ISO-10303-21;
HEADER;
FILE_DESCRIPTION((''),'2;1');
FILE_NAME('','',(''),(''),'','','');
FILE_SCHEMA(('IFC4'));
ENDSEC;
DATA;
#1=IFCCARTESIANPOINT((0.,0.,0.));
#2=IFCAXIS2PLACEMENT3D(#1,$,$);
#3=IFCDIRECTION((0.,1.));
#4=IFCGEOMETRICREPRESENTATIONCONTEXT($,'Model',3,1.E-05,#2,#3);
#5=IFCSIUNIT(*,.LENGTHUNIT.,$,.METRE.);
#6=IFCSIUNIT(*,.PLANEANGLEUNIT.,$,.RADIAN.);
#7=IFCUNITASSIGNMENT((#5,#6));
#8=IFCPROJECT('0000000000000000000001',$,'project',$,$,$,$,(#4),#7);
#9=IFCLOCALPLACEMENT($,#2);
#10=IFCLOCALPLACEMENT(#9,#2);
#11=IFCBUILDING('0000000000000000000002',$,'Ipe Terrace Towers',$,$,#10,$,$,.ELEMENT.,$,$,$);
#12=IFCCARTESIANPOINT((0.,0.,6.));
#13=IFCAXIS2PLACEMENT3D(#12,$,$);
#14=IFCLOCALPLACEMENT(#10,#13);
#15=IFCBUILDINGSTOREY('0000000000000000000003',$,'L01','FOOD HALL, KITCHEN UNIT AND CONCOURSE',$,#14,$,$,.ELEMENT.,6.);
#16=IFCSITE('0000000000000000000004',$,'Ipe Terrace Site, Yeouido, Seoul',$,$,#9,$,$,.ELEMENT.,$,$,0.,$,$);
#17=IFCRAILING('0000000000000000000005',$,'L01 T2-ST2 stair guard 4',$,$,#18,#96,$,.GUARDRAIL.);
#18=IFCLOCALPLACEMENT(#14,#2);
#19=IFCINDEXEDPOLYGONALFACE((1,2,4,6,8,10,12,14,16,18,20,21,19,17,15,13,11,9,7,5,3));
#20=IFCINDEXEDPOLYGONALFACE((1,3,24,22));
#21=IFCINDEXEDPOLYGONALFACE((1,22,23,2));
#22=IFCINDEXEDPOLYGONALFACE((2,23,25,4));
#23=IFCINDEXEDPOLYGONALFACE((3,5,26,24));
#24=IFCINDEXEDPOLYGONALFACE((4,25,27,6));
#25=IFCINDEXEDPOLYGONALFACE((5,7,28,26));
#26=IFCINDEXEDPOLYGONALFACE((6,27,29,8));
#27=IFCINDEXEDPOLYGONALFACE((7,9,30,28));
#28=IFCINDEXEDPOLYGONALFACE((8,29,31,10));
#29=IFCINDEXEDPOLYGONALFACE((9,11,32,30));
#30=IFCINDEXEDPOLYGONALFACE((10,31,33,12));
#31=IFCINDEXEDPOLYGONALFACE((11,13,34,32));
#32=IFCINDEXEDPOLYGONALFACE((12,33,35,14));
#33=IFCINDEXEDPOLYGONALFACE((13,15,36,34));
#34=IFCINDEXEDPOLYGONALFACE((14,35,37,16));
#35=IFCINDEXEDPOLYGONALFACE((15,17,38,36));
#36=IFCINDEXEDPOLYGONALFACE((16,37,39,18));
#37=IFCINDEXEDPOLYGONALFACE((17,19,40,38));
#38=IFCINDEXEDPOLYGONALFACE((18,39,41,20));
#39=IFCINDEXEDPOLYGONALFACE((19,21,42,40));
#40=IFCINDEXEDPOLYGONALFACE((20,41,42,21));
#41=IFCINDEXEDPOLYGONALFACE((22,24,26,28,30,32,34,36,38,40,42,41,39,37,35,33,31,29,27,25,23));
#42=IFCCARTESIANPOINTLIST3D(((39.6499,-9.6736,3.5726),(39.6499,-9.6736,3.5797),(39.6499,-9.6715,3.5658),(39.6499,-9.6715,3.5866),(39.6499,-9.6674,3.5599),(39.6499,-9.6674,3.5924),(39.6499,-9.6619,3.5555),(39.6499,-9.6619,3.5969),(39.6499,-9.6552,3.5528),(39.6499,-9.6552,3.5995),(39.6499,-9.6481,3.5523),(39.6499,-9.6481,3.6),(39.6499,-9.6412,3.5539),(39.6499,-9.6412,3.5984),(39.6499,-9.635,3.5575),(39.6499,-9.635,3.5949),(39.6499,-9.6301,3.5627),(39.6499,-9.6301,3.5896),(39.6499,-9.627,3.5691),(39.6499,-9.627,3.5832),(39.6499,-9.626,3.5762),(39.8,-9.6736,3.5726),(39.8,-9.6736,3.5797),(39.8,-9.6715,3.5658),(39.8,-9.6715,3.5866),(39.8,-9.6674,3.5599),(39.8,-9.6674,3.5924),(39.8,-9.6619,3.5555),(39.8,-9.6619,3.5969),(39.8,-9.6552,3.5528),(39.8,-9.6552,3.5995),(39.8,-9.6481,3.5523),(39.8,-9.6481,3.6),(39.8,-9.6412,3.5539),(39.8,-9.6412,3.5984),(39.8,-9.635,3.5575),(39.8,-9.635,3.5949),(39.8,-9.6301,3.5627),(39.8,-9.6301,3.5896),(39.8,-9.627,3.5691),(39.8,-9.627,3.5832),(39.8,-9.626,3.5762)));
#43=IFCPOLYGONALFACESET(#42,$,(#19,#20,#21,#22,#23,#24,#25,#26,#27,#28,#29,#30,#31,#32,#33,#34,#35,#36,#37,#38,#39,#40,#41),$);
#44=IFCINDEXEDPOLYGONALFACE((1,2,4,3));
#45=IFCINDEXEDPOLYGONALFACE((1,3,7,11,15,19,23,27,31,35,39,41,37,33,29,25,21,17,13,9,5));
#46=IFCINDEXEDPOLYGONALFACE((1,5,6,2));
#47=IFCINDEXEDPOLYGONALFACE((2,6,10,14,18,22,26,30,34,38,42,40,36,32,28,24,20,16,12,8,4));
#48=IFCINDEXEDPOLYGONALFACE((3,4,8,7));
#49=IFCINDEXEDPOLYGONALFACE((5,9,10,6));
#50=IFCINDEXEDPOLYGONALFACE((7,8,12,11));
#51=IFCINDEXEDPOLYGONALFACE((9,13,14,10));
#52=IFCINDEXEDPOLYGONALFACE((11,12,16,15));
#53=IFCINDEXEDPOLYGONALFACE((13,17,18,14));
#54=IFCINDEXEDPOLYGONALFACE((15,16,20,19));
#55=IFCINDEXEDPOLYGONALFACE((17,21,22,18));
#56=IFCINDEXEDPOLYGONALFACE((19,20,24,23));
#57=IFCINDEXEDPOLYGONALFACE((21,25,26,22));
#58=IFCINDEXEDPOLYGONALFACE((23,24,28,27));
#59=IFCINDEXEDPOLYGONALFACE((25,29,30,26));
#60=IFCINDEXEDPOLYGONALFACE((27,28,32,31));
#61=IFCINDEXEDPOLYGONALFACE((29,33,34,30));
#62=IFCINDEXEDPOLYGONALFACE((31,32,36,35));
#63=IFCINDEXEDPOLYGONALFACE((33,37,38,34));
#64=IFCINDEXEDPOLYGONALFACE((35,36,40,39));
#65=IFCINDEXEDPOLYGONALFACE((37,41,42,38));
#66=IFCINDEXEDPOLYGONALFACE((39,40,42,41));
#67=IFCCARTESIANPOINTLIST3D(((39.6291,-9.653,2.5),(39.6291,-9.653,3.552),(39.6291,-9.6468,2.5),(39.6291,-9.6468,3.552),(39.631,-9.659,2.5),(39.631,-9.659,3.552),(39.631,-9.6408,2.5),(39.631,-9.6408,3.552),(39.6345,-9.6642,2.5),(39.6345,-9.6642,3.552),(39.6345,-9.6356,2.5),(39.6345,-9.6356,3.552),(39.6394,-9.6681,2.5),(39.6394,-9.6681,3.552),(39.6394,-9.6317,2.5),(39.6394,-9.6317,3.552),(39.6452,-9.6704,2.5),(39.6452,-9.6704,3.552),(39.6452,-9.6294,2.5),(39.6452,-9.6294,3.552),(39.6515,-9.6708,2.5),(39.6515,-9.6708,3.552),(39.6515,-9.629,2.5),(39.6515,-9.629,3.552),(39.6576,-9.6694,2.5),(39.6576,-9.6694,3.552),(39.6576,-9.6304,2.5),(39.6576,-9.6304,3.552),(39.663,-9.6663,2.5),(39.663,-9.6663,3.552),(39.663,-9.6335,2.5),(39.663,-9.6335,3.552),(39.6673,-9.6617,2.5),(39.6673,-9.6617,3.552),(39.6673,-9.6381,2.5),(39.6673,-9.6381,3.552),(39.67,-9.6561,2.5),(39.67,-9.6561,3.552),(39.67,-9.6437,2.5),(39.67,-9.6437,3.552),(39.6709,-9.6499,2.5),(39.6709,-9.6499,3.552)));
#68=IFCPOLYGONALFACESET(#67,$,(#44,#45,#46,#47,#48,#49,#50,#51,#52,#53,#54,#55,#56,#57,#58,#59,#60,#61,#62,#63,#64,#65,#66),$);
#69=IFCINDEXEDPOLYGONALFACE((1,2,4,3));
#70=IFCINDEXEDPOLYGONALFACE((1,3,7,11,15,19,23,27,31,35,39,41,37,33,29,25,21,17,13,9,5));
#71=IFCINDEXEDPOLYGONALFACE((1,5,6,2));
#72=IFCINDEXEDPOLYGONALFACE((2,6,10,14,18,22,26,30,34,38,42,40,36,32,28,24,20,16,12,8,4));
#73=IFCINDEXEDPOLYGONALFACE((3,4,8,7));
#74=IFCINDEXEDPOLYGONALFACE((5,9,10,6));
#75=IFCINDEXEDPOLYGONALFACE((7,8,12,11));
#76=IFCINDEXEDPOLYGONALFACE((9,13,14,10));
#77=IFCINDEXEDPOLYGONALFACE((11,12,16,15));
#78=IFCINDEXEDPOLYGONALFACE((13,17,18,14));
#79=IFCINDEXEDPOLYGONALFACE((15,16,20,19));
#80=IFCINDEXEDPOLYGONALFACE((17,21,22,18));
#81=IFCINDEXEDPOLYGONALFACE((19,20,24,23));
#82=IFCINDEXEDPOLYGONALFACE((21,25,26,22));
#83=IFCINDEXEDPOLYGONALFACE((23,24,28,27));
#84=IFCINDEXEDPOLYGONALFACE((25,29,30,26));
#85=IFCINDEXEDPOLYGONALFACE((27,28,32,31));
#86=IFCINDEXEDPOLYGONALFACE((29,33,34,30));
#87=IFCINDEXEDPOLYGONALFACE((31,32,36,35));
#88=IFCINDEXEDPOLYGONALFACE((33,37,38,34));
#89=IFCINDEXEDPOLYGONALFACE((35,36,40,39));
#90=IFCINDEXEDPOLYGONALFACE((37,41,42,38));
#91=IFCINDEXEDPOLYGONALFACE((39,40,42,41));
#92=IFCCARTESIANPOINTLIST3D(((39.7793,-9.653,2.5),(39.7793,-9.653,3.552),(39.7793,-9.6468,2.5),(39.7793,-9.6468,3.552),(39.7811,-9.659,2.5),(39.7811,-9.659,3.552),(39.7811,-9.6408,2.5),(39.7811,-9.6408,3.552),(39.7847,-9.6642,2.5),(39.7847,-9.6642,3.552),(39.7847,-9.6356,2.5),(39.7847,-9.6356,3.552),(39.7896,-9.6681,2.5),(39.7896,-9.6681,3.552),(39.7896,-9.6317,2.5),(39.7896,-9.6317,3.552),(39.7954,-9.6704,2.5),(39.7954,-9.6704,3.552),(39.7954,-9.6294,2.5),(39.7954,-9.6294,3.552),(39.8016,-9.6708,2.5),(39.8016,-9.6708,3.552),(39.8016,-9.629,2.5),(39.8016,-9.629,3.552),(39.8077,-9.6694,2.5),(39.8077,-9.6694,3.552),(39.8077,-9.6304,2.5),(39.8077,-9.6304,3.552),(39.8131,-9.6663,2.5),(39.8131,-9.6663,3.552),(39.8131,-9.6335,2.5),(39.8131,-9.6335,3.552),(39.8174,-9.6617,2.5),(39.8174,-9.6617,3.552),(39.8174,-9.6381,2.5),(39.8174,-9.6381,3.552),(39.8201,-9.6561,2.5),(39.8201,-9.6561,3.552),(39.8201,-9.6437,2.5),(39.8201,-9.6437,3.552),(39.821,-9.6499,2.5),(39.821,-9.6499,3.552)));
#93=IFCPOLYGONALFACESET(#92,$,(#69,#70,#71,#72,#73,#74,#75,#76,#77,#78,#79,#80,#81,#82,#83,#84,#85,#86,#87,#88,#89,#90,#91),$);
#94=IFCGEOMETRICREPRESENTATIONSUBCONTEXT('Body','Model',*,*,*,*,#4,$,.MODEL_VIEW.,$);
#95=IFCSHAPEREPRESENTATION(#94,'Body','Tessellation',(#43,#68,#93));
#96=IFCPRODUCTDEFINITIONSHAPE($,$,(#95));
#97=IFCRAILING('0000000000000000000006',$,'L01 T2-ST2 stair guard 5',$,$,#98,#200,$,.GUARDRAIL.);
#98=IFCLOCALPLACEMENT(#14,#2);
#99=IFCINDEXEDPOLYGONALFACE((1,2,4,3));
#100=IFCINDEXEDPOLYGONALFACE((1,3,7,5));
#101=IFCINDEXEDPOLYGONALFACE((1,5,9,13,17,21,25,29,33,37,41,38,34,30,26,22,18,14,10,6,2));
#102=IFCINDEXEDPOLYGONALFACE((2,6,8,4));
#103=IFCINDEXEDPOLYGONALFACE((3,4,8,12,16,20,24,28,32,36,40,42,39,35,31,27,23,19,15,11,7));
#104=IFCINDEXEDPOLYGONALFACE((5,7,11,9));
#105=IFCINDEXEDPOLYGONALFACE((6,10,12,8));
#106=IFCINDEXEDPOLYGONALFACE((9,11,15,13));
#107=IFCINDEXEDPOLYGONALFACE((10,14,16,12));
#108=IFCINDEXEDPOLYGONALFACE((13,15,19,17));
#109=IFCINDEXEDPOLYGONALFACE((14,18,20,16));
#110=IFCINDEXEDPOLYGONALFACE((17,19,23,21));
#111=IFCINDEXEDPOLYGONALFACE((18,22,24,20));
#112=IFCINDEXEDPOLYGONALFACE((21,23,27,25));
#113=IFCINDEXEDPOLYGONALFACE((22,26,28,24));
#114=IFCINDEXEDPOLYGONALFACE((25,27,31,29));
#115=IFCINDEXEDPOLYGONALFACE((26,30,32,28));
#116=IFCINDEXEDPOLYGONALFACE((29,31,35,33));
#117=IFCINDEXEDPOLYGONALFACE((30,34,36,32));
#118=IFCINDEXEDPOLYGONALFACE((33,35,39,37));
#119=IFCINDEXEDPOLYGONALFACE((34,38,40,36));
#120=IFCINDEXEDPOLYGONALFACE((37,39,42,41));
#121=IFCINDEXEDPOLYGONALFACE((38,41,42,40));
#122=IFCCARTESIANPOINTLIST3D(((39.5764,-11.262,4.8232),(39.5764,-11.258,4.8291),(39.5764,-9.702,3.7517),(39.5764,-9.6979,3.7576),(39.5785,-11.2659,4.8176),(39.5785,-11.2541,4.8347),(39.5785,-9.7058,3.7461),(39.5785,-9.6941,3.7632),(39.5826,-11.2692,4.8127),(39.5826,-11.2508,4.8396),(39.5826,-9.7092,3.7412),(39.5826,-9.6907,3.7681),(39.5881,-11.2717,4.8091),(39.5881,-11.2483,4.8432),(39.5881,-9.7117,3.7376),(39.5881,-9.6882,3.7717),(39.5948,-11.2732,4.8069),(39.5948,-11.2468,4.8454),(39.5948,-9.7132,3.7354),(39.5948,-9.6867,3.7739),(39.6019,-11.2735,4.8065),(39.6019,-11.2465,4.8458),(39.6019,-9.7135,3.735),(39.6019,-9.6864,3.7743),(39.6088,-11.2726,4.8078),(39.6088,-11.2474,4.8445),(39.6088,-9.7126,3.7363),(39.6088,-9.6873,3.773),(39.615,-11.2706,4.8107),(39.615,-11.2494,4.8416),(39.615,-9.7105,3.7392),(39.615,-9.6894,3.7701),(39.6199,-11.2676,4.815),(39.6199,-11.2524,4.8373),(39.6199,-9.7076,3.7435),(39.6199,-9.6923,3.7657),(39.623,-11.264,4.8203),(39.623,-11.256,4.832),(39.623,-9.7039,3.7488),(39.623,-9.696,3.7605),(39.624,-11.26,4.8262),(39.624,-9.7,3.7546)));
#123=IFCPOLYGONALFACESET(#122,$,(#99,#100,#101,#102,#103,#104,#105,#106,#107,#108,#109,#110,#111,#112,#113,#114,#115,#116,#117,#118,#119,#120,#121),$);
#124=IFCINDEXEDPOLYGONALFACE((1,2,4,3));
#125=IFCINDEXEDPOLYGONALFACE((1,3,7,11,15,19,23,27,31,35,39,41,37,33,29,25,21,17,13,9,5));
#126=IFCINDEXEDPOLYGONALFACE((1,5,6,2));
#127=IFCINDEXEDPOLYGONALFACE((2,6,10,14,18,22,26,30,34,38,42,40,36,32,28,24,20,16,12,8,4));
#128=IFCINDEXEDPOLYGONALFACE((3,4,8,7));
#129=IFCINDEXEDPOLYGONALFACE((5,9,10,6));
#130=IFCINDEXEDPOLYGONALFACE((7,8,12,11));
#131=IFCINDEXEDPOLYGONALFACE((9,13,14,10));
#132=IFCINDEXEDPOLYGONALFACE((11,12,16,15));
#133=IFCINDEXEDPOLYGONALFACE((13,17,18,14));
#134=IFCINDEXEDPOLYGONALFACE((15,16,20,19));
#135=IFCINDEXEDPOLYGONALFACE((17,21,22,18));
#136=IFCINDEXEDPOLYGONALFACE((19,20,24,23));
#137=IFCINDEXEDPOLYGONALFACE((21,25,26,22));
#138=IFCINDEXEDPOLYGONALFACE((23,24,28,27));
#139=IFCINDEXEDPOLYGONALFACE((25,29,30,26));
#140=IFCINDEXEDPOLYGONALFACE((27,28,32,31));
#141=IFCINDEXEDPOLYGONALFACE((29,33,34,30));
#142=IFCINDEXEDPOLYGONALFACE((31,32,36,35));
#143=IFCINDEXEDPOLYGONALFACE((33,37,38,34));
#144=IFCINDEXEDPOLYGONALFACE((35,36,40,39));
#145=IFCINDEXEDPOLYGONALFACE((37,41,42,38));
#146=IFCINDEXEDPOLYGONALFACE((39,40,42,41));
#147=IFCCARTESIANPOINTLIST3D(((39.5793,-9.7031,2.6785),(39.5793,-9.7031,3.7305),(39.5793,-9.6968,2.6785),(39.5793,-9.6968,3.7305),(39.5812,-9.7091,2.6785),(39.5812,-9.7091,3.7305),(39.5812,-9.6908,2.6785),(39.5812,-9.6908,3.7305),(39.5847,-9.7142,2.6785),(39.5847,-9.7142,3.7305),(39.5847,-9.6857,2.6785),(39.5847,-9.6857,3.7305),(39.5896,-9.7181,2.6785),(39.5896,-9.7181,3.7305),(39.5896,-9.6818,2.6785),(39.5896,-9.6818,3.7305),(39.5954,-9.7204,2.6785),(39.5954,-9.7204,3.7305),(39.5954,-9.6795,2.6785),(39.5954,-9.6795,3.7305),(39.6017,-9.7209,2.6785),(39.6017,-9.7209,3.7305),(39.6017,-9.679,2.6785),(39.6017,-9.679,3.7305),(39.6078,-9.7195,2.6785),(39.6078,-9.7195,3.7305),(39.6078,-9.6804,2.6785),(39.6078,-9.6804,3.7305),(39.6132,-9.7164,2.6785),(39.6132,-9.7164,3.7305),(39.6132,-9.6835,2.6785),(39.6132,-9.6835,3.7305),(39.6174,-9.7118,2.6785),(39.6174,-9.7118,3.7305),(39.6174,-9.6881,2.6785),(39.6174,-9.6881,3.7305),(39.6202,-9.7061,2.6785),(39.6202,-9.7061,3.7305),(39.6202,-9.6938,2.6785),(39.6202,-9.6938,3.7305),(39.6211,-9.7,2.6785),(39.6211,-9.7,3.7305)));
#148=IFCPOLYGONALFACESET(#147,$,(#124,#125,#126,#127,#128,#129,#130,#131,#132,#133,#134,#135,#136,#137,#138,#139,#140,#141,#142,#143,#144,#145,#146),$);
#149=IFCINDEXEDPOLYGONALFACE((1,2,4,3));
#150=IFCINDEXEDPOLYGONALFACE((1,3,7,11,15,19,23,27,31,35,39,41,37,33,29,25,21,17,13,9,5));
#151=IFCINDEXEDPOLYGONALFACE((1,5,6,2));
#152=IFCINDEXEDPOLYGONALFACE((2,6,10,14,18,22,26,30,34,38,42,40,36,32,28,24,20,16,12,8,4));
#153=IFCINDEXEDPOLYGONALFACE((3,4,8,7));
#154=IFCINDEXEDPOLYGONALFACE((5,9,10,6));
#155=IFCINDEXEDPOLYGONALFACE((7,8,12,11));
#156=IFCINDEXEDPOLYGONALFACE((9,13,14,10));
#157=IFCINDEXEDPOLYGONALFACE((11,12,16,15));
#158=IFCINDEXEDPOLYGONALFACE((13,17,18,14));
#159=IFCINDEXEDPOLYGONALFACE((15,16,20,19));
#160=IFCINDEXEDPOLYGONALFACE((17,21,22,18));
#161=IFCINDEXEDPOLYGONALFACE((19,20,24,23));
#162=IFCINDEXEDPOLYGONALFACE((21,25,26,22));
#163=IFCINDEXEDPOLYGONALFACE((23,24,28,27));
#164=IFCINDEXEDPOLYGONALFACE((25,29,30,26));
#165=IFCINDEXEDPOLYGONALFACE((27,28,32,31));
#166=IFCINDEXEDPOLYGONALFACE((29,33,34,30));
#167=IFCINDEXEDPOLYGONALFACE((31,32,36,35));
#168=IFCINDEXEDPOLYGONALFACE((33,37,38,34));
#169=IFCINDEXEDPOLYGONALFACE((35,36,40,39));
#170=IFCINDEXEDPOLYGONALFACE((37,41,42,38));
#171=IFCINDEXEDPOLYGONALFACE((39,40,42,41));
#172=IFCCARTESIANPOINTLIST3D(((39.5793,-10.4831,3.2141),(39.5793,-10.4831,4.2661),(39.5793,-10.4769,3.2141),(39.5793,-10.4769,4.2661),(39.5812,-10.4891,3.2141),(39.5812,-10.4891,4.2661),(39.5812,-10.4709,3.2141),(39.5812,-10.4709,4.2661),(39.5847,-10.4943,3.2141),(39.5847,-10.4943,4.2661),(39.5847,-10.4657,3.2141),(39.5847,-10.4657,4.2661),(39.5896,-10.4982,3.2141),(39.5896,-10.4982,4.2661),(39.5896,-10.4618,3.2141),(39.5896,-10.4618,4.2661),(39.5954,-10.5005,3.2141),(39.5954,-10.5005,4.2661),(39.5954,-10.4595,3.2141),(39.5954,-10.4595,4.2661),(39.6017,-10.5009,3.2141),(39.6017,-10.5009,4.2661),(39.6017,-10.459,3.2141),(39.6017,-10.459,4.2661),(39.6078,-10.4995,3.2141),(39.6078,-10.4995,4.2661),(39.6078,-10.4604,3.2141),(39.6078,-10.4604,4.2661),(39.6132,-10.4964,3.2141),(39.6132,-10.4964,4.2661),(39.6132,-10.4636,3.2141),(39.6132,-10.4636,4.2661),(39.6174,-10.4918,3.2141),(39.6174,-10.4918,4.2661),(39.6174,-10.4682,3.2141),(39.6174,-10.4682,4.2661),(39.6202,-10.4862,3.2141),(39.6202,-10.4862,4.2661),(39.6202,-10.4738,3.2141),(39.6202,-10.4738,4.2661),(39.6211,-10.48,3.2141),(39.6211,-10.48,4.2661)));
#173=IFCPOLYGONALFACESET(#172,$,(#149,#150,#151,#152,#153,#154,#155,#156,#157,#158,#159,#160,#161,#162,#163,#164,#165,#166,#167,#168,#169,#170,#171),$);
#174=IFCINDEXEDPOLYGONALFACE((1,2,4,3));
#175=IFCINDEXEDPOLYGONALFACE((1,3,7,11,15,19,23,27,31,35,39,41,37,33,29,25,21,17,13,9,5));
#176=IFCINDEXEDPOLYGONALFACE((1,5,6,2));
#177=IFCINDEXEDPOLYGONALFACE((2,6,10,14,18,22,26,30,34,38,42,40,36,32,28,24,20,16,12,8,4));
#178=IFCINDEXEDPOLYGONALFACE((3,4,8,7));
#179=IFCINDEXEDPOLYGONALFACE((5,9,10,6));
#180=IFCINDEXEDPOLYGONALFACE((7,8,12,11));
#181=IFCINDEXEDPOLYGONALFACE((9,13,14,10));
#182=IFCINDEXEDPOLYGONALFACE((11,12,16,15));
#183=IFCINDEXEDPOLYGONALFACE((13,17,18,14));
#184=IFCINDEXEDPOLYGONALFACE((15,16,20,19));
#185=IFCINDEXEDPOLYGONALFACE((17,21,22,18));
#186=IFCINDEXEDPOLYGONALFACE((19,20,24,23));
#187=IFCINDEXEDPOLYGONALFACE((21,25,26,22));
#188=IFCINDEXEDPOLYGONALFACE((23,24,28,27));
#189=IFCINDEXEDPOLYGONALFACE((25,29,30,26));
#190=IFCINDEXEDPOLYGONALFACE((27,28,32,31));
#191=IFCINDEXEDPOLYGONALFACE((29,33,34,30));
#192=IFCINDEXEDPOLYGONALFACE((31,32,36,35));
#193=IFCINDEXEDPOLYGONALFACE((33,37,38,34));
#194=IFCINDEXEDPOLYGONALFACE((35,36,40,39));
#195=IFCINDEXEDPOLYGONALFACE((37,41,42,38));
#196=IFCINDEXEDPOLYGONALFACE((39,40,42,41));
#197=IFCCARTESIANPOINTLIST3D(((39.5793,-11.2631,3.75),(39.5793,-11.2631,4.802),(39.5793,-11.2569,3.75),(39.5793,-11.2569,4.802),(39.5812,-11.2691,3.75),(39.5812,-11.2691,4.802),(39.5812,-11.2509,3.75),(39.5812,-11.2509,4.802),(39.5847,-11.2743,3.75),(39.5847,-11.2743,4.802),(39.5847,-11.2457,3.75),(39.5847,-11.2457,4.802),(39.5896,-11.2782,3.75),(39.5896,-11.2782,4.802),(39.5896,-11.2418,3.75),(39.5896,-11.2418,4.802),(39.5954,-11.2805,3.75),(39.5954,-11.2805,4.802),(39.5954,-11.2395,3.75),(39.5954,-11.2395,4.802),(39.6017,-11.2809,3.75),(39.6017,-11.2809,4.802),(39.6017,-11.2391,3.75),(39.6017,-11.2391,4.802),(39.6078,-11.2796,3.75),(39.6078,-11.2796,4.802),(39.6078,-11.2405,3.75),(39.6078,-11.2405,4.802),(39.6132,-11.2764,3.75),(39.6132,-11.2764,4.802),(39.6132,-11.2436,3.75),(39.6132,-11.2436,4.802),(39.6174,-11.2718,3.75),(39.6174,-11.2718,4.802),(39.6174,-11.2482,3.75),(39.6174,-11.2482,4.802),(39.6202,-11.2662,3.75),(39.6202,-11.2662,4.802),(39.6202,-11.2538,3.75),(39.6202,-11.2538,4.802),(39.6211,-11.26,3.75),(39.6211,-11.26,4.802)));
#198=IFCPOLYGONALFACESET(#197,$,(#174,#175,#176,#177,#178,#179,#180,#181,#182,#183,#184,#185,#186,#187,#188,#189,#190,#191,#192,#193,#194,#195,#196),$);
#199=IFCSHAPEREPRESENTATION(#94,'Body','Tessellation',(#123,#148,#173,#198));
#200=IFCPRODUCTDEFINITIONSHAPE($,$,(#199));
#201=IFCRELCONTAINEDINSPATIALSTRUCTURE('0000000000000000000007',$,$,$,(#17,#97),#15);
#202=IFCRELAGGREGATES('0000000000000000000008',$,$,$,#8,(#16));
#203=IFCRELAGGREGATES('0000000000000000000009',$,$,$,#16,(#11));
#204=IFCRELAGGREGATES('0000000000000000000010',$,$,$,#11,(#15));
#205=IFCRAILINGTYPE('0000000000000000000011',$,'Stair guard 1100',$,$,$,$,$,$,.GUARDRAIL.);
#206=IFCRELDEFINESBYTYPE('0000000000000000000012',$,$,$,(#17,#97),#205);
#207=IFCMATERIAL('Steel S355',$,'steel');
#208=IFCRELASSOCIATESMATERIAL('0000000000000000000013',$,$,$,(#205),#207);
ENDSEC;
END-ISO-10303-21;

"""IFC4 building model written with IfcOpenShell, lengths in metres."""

from ifc_helpers import new_model, si_unit, direction, frame, origin, origin_2d, place, context, subcontext, project, spatial, circle, extrude, material, type_object, element, save


model = new_model("IFC4")

# Units and contexts
model_context = context("Model", 3, precision=1e-05, world=origin(), true_north=direction((0.0, 1.0)))
body_context = subcontext(model_context, "Body", "Model", "MODEL_VIEW")
ifc_project = project(units=[si_unit("LENGTHUNIT", "METRE"), si_unit("PLANEANGLEUNIT", "RADIAN")], contexts=[model_context])

# Site, building, storey
site_placement = place(None, origin())
site = spatial("IfcSite", under=ifc_project, at=site_placement, Name="Ipe Terrace Site, Yeouido, Seoul", CompositionType="ELEMENT", RefElevation=0.0)
building_placement = place(site_placement, origin())
building = spatial("IfcBuilding", under=site, at=building_placement, Name="Ipe Terrace Towers", CompositionType="ELEMENT")
storey_placement = place(building_placement, frame((0.0, 0.0, 6.0)))
storey = spatial("IfcBuildingStorey", under=building, at=storey_placement, Name="L01", Description="FOOD HALL, KITCHEN UNIT AND CONCOURSE", CompositionType="ELEMENT", Elevation=6.0)

# Railings
ifc_material_1 = material(Name="Steel S355", Category="steel")
railing_type_1 = type_object("IfcRailingType", Name="Stair guard 1100", PredefinedType="GUARDRAIL", material=ifc_material_1)
railing_1_placement = place(storey_placement, frame((39.6499, -9.6499, 2.5)))
element("IfcRailing", 1, at=railing_1_placement, inside=storey, type_object=railing_type_1, Name="L01 T2-ST2 stair guard 4", PredefinedType="GUARDRAIL", context=body_context, shape_type="SweptSolid", body=[
    extrude(circle(Radius=0.0239, at=origin_2d()), frame((0.0, 0.0, 1.0762), z_axis=(1.0, 0.0, 0.0), x_axis=(0.0, 1.0, 0.0)), (0.0, 0.0, 1.0), 0.1501),
    extrude(circle(Radius=0.021, at=origin_2d()), origin(), (0.0, 0.0, 1.0), 1.052),
    extrude(circle(Radius=0.021, at=origin_2d()), frame((0.1501, 0.0, 0.0)), (0.0, 0.0, 1.0), 1.052),
])
railing_2_placement = place(storey_placement, frame((39.6001, -9.7, 2.6785)))
element("IfcRailing", 2, at=railing_2_placement, inside=storey, type_object=railing_type_1, Name="L01 T2-ST2 stair guard 5", PredefinedType="GUARDRAIL", context=body_context, shape_type="SweptSolid", body=[
    extrude(circle(Radius=0.0239, at=origin_2d()), frame((0.0, 0.0, 1.0762), z_axis=(0.0, -0.82429, 0.566167), x_axis=(1.0, 0.0, 0.0)), (0.0, 0.0, 1.0), 1.8926),
    extrude(circle(Radius=0.021, at=origin_2d()), origin(), (0.0, 0.0, 1.0), 1.052),
    extrude(circle(Radius=0.021, at=origin_2d()), frame((0.0, -0.78, 0.5356)), (0.0, 0.0, 1.0), 1.052),
    extrude(circle(Radius=0.021, at=origin_2d()), frame((0.0, -1.5601, 1.0715)), (0.0, 0.0, 1.0), 1.052),
])

save(model, "model.ifc")
